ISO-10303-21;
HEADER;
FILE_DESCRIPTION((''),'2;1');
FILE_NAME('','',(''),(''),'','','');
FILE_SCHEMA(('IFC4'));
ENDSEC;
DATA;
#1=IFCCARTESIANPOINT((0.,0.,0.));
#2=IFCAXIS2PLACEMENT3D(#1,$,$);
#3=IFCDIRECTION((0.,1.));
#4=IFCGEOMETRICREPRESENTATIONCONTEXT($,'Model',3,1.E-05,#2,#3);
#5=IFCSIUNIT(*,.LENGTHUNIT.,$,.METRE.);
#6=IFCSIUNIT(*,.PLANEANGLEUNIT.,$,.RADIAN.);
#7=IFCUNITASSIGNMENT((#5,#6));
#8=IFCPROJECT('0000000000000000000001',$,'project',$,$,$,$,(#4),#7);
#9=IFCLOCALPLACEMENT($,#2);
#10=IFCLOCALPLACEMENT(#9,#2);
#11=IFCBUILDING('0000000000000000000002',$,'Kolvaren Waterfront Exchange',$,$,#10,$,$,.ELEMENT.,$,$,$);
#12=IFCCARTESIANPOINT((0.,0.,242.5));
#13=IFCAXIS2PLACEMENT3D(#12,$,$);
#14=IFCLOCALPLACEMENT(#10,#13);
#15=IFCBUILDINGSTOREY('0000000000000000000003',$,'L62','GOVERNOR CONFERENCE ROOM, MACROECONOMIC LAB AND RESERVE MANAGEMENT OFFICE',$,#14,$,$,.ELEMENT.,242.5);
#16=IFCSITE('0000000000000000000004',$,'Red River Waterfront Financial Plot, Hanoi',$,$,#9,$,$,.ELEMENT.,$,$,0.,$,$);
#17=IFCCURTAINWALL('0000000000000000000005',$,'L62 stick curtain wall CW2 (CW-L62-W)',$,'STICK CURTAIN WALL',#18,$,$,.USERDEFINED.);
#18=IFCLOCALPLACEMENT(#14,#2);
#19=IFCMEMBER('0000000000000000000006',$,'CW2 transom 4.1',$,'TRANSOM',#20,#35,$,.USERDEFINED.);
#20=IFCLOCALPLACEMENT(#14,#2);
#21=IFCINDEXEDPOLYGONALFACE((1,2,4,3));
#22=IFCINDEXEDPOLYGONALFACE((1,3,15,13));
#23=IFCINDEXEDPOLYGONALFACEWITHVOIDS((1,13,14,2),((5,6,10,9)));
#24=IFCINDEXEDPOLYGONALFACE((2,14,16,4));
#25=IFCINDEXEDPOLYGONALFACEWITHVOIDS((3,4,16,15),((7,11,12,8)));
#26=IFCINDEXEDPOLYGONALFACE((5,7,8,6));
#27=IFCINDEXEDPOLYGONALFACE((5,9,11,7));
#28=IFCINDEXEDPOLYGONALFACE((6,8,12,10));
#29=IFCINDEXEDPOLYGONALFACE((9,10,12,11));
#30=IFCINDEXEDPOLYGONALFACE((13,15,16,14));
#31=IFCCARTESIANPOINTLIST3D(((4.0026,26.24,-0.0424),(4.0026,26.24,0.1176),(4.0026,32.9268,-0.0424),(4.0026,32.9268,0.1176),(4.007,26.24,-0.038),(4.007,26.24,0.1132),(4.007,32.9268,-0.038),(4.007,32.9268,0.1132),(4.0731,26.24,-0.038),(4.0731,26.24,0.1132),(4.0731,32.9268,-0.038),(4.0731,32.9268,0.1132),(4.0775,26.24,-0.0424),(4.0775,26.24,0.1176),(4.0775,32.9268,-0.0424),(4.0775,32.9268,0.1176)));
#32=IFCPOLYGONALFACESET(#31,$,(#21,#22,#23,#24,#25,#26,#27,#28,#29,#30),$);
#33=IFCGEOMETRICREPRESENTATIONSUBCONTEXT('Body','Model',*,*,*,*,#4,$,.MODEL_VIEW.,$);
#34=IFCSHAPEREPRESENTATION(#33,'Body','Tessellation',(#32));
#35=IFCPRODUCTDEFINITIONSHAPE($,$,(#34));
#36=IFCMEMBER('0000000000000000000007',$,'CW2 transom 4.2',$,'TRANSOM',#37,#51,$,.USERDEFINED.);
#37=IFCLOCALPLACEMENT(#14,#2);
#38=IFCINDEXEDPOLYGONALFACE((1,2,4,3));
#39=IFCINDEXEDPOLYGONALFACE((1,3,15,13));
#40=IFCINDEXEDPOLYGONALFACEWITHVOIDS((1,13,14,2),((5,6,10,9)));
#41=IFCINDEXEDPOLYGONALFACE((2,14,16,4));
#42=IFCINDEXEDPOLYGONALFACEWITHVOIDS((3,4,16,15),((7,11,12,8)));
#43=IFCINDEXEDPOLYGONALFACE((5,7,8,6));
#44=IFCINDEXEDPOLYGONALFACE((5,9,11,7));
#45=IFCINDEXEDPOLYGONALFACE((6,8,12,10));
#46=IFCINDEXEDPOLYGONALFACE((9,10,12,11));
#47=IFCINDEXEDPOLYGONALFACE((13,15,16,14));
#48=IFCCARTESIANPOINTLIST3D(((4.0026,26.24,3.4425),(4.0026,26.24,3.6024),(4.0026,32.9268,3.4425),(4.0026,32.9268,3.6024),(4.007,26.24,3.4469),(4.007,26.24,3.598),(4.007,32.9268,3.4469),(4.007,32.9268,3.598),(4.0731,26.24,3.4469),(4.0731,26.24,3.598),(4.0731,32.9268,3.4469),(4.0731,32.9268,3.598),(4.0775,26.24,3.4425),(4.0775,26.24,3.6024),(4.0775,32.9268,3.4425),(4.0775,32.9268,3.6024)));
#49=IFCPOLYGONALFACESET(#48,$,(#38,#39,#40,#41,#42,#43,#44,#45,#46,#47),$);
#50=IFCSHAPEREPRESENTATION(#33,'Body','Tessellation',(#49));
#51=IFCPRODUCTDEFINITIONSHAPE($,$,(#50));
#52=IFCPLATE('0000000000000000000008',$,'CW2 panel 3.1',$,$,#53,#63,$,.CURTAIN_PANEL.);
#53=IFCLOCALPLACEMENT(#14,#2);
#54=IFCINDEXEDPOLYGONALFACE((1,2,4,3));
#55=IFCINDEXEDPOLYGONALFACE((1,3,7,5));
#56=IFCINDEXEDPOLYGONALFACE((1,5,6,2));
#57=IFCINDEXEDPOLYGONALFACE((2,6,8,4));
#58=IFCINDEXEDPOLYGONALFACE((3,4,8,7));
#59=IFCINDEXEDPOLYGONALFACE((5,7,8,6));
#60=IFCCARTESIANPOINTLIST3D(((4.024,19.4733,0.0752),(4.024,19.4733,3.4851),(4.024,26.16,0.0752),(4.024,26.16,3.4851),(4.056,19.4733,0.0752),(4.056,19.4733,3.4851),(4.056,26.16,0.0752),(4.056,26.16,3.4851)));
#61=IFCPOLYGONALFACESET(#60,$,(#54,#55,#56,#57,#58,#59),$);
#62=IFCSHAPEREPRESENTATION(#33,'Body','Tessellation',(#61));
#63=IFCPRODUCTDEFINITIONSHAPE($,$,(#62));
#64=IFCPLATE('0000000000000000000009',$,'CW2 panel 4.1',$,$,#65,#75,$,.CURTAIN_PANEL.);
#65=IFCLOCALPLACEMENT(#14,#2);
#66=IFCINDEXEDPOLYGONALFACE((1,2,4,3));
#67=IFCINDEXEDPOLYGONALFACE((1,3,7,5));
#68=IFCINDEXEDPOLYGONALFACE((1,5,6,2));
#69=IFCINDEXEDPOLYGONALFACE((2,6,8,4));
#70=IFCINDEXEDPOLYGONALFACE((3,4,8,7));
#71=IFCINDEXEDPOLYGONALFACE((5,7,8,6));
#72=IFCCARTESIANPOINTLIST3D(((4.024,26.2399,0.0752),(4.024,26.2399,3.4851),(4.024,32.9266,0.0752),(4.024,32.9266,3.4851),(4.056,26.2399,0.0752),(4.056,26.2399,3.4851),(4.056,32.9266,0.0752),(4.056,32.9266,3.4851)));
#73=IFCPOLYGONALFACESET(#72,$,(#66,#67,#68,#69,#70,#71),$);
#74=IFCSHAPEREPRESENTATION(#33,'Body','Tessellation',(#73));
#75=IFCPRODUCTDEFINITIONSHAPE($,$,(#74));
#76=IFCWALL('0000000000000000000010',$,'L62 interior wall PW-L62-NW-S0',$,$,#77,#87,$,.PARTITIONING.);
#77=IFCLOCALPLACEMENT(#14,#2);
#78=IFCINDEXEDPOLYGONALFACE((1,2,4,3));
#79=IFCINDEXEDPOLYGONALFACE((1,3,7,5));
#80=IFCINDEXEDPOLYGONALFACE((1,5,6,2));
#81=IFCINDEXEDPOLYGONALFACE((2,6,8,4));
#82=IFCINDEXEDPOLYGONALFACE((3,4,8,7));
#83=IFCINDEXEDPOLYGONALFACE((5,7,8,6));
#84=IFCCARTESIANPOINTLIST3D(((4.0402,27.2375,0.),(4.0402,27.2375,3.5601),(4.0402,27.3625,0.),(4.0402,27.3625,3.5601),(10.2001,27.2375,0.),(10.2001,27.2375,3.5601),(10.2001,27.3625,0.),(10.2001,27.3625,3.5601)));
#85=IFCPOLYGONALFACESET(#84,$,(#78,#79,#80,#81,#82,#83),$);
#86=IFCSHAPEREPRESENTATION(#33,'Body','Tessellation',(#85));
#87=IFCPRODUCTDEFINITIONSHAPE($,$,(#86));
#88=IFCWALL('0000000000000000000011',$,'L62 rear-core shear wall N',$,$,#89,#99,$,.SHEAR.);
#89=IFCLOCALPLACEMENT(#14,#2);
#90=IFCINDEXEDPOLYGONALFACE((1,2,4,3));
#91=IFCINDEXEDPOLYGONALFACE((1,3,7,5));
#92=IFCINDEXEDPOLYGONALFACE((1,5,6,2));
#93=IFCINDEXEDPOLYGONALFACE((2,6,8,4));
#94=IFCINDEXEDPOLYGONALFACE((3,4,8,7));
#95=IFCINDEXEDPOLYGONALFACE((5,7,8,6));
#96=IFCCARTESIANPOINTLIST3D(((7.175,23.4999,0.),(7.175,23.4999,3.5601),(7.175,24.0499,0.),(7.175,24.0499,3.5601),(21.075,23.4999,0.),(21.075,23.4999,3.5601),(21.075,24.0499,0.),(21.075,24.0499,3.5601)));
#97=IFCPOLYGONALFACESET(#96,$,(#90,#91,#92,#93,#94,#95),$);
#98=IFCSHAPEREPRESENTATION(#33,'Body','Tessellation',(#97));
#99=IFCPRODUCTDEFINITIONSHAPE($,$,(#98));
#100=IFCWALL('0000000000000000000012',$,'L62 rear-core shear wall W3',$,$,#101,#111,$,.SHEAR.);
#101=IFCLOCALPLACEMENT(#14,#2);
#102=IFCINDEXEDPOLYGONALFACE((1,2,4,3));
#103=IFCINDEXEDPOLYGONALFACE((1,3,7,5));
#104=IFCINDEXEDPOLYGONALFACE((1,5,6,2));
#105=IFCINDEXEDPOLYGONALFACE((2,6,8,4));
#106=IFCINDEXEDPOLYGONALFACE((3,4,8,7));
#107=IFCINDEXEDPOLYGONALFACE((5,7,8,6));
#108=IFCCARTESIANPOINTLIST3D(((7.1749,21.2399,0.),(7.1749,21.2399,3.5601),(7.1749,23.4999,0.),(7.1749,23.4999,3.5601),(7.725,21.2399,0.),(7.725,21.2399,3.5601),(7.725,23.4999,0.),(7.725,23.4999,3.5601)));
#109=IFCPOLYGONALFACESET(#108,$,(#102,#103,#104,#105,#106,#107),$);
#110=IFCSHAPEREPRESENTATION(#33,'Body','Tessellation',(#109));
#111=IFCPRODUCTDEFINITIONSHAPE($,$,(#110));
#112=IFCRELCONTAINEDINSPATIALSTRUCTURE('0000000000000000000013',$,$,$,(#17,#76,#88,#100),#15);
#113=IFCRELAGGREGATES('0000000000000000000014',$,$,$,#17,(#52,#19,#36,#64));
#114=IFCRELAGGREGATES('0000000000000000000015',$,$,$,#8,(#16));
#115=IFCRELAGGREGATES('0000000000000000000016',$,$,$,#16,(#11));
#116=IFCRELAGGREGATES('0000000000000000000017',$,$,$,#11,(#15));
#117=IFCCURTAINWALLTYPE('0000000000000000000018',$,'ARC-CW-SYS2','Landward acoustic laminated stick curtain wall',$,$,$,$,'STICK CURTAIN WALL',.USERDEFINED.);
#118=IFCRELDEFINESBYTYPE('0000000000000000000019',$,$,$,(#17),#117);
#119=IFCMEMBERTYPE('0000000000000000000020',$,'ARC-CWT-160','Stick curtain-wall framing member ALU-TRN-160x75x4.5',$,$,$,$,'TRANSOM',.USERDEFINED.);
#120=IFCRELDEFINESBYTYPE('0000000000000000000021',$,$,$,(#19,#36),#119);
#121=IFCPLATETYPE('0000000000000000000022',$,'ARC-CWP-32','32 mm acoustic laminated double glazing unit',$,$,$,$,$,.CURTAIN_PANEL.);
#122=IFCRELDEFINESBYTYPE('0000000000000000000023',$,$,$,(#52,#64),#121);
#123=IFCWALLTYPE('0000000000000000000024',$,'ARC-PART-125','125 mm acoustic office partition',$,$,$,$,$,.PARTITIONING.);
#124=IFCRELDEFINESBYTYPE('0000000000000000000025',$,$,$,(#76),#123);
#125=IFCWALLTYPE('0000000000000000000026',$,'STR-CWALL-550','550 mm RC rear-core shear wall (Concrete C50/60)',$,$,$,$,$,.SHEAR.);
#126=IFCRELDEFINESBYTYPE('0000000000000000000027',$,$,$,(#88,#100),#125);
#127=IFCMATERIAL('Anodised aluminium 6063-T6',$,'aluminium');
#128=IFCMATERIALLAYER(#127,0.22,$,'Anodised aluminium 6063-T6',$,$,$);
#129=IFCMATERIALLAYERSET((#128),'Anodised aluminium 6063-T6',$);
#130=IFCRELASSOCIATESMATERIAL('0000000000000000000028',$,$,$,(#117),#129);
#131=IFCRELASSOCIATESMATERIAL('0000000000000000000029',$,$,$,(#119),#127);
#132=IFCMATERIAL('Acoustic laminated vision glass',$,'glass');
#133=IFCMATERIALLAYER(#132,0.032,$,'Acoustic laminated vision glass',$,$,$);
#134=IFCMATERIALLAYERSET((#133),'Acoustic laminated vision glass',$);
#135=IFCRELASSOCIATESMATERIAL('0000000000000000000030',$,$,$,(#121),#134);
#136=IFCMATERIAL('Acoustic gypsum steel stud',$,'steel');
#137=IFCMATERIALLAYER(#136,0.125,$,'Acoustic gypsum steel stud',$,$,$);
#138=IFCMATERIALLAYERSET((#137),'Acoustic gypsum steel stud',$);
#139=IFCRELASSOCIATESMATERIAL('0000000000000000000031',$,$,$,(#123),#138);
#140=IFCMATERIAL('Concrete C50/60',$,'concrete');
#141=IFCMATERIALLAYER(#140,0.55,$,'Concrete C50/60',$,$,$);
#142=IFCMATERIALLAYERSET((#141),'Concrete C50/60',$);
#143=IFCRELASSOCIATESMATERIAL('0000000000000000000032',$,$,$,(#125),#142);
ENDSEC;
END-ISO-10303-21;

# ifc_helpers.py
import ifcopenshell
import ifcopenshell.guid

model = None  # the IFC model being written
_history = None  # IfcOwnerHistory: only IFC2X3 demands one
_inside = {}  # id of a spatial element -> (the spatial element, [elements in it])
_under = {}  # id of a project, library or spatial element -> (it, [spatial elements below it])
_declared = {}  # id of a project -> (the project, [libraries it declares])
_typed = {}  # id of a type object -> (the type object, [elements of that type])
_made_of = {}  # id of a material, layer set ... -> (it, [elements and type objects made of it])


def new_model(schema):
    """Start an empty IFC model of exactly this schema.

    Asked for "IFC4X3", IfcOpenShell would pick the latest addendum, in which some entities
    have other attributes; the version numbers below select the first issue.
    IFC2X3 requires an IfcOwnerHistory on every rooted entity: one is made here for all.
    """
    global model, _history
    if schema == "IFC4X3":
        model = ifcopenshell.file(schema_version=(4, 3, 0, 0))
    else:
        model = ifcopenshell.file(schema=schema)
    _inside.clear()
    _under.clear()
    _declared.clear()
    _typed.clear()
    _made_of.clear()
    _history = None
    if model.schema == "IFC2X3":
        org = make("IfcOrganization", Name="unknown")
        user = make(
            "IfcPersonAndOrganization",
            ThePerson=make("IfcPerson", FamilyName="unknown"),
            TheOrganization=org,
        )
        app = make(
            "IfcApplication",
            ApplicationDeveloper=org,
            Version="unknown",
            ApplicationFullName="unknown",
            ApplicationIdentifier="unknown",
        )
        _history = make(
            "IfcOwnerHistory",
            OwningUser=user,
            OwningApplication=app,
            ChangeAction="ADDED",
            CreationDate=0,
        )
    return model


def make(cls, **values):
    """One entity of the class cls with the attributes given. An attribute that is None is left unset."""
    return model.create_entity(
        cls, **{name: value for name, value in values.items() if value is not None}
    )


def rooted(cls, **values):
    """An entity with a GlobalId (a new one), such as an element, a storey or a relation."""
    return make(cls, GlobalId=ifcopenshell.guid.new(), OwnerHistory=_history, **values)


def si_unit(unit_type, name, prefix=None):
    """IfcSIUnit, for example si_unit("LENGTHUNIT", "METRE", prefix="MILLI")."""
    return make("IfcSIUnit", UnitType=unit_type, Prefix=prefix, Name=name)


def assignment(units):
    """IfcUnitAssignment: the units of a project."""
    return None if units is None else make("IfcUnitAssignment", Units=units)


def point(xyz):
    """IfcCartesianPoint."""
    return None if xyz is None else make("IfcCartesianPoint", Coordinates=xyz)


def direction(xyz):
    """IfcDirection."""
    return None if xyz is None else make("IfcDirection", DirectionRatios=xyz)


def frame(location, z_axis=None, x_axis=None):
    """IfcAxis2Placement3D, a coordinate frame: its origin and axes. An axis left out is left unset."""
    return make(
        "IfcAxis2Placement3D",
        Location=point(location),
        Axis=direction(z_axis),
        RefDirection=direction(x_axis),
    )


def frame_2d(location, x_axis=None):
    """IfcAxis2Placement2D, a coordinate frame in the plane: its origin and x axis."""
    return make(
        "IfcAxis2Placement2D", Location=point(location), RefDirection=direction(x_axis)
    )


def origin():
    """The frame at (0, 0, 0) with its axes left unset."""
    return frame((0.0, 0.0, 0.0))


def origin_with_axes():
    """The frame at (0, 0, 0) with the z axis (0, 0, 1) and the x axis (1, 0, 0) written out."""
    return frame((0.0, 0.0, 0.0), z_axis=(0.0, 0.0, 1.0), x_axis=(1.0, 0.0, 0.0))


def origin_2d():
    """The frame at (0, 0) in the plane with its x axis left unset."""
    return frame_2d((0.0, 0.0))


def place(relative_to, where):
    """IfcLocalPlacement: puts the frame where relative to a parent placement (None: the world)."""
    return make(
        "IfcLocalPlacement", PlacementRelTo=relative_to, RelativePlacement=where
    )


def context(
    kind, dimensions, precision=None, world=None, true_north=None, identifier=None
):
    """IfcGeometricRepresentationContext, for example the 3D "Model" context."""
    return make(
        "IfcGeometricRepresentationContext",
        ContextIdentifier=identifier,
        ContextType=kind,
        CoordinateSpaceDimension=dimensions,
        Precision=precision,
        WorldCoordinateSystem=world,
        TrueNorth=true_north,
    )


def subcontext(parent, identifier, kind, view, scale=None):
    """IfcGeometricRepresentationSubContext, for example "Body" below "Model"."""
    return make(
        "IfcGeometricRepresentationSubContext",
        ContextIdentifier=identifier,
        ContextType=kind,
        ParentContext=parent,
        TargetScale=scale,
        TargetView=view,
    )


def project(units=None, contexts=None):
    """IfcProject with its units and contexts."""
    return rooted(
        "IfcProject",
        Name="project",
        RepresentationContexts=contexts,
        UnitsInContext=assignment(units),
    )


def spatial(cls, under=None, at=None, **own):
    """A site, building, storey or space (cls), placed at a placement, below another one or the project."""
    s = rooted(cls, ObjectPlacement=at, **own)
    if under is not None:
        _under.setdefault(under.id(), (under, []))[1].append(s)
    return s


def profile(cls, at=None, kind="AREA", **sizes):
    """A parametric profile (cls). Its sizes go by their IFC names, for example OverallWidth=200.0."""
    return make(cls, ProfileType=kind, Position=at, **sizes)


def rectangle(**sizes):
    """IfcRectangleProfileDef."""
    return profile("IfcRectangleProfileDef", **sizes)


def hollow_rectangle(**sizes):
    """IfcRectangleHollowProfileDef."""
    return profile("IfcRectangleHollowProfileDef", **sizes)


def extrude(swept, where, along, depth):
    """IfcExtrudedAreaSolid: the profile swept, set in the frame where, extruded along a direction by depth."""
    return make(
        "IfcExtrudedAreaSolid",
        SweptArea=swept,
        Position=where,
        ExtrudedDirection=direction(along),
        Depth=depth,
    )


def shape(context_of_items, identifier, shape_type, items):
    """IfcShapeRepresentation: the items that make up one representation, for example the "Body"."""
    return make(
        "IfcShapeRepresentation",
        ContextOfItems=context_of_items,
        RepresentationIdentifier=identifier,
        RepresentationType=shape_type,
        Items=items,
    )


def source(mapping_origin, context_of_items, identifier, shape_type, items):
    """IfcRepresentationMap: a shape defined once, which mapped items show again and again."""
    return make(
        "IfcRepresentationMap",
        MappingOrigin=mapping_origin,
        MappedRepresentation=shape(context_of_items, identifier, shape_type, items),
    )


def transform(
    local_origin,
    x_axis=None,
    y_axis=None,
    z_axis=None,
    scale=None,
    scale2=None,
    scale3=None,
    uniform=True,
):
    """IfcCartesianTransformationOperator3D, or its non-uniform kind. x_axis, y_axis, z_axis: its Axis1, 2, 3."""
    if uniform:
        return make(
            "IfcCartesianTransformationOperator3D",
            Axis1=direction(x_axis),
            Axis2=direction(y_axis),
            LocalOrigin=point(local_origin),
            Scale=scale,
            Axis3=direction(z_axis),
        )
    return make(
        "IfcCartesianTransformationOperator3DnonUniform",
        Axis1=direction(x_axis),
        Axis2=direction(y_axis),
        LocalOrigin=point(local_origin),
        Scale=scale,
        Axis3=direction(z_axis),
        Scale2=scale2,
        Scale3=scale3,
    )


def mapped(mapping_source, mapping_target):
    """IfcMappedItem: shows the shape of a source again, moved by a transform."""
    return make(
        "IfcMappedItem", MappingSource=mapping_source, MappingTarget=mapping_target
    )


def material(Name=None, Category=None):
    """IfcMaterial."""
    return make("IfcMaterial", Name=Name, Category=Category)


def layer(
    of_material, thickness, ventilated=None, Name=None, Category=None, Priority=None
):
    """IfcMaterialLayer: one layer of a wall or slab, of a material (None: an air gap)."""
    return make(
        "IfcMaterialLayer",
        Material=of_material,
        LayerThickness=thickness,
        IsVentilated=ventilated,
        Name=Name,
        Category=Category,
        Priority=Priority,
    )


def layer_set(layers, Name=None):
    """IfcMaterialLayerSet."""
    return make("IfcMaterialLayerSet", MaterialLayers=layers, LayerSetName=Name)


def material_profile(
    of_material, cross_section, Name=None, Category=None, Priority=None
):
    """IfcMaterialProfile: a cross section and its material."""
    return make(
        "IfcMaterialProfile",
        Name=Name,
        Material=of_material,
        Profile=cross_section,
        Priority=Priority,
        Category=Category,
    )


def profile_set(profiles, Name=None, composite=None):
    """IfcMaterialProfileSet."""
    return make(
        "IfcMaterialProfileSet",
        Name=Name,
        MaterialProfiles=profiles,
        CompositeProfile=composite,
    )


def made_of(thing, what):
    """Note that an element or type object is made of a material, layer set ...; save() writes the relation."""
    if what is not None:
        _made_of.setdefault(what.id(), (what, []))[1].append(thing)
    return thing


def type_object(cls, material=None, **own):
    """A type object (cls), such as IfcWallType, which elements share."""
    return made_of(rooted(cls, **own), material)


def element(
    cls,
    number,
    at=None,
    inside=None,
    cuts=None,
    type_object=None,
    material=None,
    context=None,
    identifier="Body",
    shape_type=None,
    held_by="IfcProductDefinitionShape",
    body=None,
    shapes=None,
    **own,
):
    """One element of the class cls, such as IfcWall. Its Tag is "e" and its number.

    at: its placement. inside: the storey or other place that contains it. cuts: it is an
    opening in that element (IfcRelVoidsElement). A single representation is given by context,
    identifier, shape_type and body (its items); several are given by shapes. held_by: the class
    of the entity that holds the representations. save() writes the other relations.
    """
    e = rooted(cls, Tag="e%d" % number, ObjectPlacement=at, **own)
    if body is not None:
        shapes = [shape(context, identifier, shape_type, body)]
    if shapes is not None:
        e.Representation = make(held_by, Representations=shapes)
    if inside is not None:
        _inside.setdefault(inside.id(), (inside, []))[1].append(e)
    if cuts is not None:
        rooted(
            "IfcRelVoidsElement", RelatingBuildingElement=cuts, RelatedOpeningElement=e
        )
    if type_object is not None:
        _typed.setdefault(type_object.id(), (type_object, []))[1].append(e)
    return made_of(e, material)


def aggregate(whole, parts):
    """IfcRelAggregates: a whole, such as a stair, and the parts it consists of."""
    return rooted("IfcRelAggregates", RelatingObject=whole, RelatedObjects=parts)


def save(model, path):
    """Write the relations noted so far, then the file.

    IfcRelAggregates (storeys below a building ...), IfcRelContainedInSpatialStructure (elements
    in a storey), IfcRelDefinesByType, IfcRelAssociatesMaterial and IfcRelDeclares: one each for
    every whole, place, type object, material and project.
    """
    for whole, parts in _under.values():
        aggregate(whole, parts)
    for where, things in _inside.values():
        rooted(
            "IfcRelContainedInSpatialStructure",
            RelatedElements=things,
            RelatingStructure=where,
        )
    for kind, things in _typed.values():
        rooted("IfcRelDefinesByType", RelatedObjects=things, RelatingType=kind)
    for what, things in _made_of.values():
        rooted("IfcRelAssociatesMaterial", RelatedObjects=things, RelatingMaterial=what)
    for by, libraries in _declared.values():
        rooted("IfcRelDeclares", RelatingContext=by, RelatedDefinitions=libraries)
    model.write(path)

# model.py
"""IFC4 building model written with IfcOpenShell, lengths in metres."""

from ifc_helpers import new_model, si_unit, direction, frame, frame_2d, origin, origin_with_axes, origin_2d, place, context, subcontext, project, spatial, rectangle, hollow_rectangle, extrude, source, transform, mapped, material, layer, layer_set, material_profile, profile_set, type_object, element, aggregate, save


model = new_model("IFC4")

# Units and contexts
model_context = context("Model", 3, precision=1e-05, world=origin(), true_north=direction((0.0, 1.0)))
body_context = subcontext(model_context, "Body", "Model", "MODEL_VIEW")
ifc_project = project(units=[si_unit("LENGTHUNIT", "METRE"), si_unit("PLANEANGLEUNIT", "RADIAN")], contexts=[model_context])

# Site, building, storey
site_placement = place(None, origin())
site = spatial("IfcSite", under=ifc_project, at=site_placement, Name="Red River Waterfront Financial Plot, Hanoi", CompositionType="ELEMENT", RefElevation=0.0)
building_placement = place(site_placement, origin())
building = spatial("IfcBuilding", under=site, at=building_placement, Name="Kolvaren Waterfront Exchange", CompositionType="ELEMENT")
storey_placement = place(building_placement, frame((0.0, 0.0, 242.5)))
storey = spatial("IfcBuildingStorey", under=building, at=storey_placement, Name="L62", Description="GOVERNOR CONFERENCE ROOM, MACROECONOMIC LAB AND RESERVE MANAGEMENT OFFICE", CompositionType="ELEMENT", Elevation=242.5)

# Shared definitions
ifc_material_1 = material(Name="Concrete C50/60", Category="concrete")

# Curtain wall, members, plates
ifc_material_2 = material(Name="Anodised aluminium 6063-T6", Category="aluminium")
ifc_layer_1 = layer(ifc_material_2, 0.22, Name="Anodised aluminium 6063-T6")
ifc_layer_set_1 = layer_set([ifc_layer_1], Name="Anodised aluminium 6063-T6")
curtain_wall_type = type_object("IfcCurtainWallType", Name="ARC-CW-SYS2", Description="Landward acoustic laminated stick curtain wall", ElementType="STICK CURTAIN WALL", PredefinedType="USERDEFINED", material=ifc_layer_set_1)
curtain_wall_placement = place(storey_placement, origin())
curtain_wall = element("IfcCurtainWall", 1, at=curtain_wall_placement, inside=storey, type_object=curtain_wall_type, Name="L62 stick curtain wall CW2 (CW-L62-W)", ObjectType="STICK CURTAIN WALL", PredefinedType="USERDEFINED")
ifc_material_profile_1 = material_profile(ifc_material_2, hollow_rectangle(XDim=0.075, YDim=0.1599, WallThickness=0.0044, at=origin_2d()), Name="ALU-TRN-160x75x4.5")
ifc_profile_set_1 = profile_set([ifc_material_profile_1], Name="Anodised aluminium 6063-T6")
member_type_1 = type_object("IfcMemberType", Name="ARC-CWT-160", Description="Stick curtain-wall framing member ALU-TRN-160x75x4.5", ElementType="TRANSOM", PredefinedType="USERDEFINED", material=ifc_profile_set_1)
shared_shape_1 = source(origin_with_axes(), body_context, "Body", "SweptSolid", [
    extrude(hollow_rectangle(XDim=0.075, YDim=0.1599, WallThickness=0.0044, at=origin_2d()), origin(), (0.0, 0.0, 1.0), 6.6868),
])
member_1_placement = place(storey_placement, frame((4.04, 26.24, 0.0376), z_axis=(0.0, 1.0, 0.0), x_axis=(-1.0, 0.0, 0.0)))
member_1 = element("IfcMember", 2, at=member_1_placement, type_object=member_type_1, Name="CW2 transom 4.1", ObjectType="TRANSOM", PredefinedType="USERDEFINED", context=body_context, shape_type="MappedRepresentation", body=[
    mapped(shared_shape_1, transform((0.0, 0.0, 0.0), x_axis=(1.0, 0.0, 0.0), y_axis=(0.0, 1.0, 0.0), z_axis=(0.0, 0.0, 1.0), scale=1.0)),
])
member_2_placement = place(storey_placement, frame((4.04, 26.24, 3.5225), z_axis=(0.0, 1.0, 0.0), x_axis=(-1.0, 0.0, 0.0)))
member_2 = element("IfcMember", 3, at=member_2_placement, type_object=member_type_1, Name="CW2 transom 4.2", ObjectType="TRANSOM", PredefinedType="USERDEFINED", context=body_context, shape_type="MappedRepresentation", body=[
    mapped(shared_shape_1, transform((0.0, 0.0, 0.0), x_axis=(1.0, 0.0, 0.0), y_axis=(0.0, 1.0, 0.0), z_axis=(0.0, 0.0, 1.0), scale=1.0)),
])
ifc_material_3 = material(Name="Acoustic laminated vision glass", Category="glass")
ifc_layer_2 = layer(ifc_material_3, 0.032, Name="Acoustic laminated vision glass")
ifc_layer_set_2 = layer_set([ifc_layer_2], Name="Acoustic laminated vision glass")
plate_type = type_object("IfcPlateType", Name="ARC-CWP-32", Description="32 mm acoustic laminated double glazing unit", PredefinedType="CURTAIN_PANEL", material=ifc_layer_set_2)
shared_shape_2 = source(origin_with_axes(), body_context, "Body", "SweptSolid", [
    extrude(rectangle(XDim=6.6868, YDim=0.032, at=origin_2d()), origin(), (0.0, 0.0, 1.0), 3.4099),
])
plate_1_placement = place(storey_placement, frame((4.04, 22.8167, 0.0752), z_axis=(0.0, 0.0, 1.0), x_axis=(0.0, 1.0, 0.0)))
plate_1 = element("IfcPlate", 4, at=plate_1_placement, type_object=plate_type, Name="CW2 panel 3.1", PredefinedType="CURTAIN_PANEL", context=body_context, shape_type="MappedRepresentation", body=[
    mapped(shared_shape_2, transform((0.0, 0.0, 0.0), x_axis=(1.0, 0.0, 0.0), y_axis=(0.0, 1.0, 0.0), z_axis=(0.0, 0.0, 1.0), scale=1.0)),
])
plate_2_placement = place(storey_placement, frame((4.04, 29.5833, 0.0752), z_axis=(0.0, 0.0, 1.0), x_axis=(0.0, 1.0, 0.0)))
plate_2 = element("IfcPlate", 5, at=plate_2_placement, type_object=plate_type, Name="CW2 panel 4.1", PredefinedType="CURTAIN_PANEL", context=body_context, shape_type="MappedRepresentation", body=[
    mapped(shared_shape_2, transform((0.0, 0.0, 0.0), x_axis=(1.0, 0.0, 0.0), y_axis=(0.0, 1.0, 0.0), z_axis=(0.0, 0.0, 1.0), scale=1.0)),
])
aggregate(curtain_wall, [plate_1, member_1, member_2, plate_2])

# Wall
ifc_material_4 = material(Name="Acoustic gypsum steel stud", Category="steel")
ifc_layer_3 = layer(ifc_material_4, 0.125, Name="Acoustic gypsum steel stud")
ifc_layer_set_3 = layer_set([ifc_layer_3], Name="Acoustic gypsum steel stud")
wall_type_1 = type_object("IfcWallType", Name="ARC-PART-125", Description="125 mm acoustic office partition", PredefinedType="PARTITIONING", material=ifc_layer_set_3)
wall_1_placement = place(storey_placement, frame((4.04, 27.3, 0.0), z_axis=(0.0, 0.0, 1.0), x_axis=(1.0, 0.0, 0.0)))
element("IfcWall", 6, at=wall_1_placement, inside=storey, type_object=wall_type_1, Name="L62 interior wall PW-L62-NW-S0", PredefinedType="PARTITIONING", context=body_context, shape_type="SweptSolid", body=[
    extrude(rectangle(XDim=6.1599, YDim=0.125, at=frame_2d((3.0801, 0.0))), origin(), (0.0, 0.0, 1.0), 3.5601),
])

# Walls
ifc_layer_4 = layer(ifc_material_1, 0.55, Name="Concrete C50/60")
ifc_layer_set_4 = layer_set([ifc_layer_4], Name="Concrete C50/60")
wall_type_2 = type_object("IfcWallType", Name="STR-CWALL-550", Description="550 mm RC rear-core shear wall (Concrete C50/60)", PredefinedType="SHEAR", material=ifc_layer_set_4)
wall_2_placement = place(storey_placement, frame((7.175, 23.7749, 0.0), z_axis=(0.0, 0.0, 1.0), x_axis=(1.0, 0.0, 0.0)))
element("IfcWall", 7, at=wall_2_placement, inside=storey, type_object=wall_type_2, Name="L62 rear-core shear wall N", PredefinedType="SHEAR", context=body_context, shape_type="SweptSolid", body=[
    extrude(rectangle(XDim=13.8999, YDim=0.55, at=frame_2d((6.95, 0.0))), origin(), (0.0, 0.0, 1.0), 3.5601),
])
wall_3_placement = place(storey_placement, frame((7.45, 21.24, 0.0), z_axis=(0.0, 0.0, 1.0), x_axis=(0.0, 1.0, 0.0)))
element("IfcWall", 8, at=wall_3_placement, inside=storey, type_object=wall_type_2, Name="L62 rear-core shear wall W3", PredefinedType="SHEAR", context=body_context, shape_type="SweptSolid", body=[
    extrude(rectangle(XDim=2.26, YDim=0.55, at=frame_2d((1.1299, 0.0))), origin(), (0.0, 0.0, 1.0), 3.5601),
])

save(model, "model.ifc")
